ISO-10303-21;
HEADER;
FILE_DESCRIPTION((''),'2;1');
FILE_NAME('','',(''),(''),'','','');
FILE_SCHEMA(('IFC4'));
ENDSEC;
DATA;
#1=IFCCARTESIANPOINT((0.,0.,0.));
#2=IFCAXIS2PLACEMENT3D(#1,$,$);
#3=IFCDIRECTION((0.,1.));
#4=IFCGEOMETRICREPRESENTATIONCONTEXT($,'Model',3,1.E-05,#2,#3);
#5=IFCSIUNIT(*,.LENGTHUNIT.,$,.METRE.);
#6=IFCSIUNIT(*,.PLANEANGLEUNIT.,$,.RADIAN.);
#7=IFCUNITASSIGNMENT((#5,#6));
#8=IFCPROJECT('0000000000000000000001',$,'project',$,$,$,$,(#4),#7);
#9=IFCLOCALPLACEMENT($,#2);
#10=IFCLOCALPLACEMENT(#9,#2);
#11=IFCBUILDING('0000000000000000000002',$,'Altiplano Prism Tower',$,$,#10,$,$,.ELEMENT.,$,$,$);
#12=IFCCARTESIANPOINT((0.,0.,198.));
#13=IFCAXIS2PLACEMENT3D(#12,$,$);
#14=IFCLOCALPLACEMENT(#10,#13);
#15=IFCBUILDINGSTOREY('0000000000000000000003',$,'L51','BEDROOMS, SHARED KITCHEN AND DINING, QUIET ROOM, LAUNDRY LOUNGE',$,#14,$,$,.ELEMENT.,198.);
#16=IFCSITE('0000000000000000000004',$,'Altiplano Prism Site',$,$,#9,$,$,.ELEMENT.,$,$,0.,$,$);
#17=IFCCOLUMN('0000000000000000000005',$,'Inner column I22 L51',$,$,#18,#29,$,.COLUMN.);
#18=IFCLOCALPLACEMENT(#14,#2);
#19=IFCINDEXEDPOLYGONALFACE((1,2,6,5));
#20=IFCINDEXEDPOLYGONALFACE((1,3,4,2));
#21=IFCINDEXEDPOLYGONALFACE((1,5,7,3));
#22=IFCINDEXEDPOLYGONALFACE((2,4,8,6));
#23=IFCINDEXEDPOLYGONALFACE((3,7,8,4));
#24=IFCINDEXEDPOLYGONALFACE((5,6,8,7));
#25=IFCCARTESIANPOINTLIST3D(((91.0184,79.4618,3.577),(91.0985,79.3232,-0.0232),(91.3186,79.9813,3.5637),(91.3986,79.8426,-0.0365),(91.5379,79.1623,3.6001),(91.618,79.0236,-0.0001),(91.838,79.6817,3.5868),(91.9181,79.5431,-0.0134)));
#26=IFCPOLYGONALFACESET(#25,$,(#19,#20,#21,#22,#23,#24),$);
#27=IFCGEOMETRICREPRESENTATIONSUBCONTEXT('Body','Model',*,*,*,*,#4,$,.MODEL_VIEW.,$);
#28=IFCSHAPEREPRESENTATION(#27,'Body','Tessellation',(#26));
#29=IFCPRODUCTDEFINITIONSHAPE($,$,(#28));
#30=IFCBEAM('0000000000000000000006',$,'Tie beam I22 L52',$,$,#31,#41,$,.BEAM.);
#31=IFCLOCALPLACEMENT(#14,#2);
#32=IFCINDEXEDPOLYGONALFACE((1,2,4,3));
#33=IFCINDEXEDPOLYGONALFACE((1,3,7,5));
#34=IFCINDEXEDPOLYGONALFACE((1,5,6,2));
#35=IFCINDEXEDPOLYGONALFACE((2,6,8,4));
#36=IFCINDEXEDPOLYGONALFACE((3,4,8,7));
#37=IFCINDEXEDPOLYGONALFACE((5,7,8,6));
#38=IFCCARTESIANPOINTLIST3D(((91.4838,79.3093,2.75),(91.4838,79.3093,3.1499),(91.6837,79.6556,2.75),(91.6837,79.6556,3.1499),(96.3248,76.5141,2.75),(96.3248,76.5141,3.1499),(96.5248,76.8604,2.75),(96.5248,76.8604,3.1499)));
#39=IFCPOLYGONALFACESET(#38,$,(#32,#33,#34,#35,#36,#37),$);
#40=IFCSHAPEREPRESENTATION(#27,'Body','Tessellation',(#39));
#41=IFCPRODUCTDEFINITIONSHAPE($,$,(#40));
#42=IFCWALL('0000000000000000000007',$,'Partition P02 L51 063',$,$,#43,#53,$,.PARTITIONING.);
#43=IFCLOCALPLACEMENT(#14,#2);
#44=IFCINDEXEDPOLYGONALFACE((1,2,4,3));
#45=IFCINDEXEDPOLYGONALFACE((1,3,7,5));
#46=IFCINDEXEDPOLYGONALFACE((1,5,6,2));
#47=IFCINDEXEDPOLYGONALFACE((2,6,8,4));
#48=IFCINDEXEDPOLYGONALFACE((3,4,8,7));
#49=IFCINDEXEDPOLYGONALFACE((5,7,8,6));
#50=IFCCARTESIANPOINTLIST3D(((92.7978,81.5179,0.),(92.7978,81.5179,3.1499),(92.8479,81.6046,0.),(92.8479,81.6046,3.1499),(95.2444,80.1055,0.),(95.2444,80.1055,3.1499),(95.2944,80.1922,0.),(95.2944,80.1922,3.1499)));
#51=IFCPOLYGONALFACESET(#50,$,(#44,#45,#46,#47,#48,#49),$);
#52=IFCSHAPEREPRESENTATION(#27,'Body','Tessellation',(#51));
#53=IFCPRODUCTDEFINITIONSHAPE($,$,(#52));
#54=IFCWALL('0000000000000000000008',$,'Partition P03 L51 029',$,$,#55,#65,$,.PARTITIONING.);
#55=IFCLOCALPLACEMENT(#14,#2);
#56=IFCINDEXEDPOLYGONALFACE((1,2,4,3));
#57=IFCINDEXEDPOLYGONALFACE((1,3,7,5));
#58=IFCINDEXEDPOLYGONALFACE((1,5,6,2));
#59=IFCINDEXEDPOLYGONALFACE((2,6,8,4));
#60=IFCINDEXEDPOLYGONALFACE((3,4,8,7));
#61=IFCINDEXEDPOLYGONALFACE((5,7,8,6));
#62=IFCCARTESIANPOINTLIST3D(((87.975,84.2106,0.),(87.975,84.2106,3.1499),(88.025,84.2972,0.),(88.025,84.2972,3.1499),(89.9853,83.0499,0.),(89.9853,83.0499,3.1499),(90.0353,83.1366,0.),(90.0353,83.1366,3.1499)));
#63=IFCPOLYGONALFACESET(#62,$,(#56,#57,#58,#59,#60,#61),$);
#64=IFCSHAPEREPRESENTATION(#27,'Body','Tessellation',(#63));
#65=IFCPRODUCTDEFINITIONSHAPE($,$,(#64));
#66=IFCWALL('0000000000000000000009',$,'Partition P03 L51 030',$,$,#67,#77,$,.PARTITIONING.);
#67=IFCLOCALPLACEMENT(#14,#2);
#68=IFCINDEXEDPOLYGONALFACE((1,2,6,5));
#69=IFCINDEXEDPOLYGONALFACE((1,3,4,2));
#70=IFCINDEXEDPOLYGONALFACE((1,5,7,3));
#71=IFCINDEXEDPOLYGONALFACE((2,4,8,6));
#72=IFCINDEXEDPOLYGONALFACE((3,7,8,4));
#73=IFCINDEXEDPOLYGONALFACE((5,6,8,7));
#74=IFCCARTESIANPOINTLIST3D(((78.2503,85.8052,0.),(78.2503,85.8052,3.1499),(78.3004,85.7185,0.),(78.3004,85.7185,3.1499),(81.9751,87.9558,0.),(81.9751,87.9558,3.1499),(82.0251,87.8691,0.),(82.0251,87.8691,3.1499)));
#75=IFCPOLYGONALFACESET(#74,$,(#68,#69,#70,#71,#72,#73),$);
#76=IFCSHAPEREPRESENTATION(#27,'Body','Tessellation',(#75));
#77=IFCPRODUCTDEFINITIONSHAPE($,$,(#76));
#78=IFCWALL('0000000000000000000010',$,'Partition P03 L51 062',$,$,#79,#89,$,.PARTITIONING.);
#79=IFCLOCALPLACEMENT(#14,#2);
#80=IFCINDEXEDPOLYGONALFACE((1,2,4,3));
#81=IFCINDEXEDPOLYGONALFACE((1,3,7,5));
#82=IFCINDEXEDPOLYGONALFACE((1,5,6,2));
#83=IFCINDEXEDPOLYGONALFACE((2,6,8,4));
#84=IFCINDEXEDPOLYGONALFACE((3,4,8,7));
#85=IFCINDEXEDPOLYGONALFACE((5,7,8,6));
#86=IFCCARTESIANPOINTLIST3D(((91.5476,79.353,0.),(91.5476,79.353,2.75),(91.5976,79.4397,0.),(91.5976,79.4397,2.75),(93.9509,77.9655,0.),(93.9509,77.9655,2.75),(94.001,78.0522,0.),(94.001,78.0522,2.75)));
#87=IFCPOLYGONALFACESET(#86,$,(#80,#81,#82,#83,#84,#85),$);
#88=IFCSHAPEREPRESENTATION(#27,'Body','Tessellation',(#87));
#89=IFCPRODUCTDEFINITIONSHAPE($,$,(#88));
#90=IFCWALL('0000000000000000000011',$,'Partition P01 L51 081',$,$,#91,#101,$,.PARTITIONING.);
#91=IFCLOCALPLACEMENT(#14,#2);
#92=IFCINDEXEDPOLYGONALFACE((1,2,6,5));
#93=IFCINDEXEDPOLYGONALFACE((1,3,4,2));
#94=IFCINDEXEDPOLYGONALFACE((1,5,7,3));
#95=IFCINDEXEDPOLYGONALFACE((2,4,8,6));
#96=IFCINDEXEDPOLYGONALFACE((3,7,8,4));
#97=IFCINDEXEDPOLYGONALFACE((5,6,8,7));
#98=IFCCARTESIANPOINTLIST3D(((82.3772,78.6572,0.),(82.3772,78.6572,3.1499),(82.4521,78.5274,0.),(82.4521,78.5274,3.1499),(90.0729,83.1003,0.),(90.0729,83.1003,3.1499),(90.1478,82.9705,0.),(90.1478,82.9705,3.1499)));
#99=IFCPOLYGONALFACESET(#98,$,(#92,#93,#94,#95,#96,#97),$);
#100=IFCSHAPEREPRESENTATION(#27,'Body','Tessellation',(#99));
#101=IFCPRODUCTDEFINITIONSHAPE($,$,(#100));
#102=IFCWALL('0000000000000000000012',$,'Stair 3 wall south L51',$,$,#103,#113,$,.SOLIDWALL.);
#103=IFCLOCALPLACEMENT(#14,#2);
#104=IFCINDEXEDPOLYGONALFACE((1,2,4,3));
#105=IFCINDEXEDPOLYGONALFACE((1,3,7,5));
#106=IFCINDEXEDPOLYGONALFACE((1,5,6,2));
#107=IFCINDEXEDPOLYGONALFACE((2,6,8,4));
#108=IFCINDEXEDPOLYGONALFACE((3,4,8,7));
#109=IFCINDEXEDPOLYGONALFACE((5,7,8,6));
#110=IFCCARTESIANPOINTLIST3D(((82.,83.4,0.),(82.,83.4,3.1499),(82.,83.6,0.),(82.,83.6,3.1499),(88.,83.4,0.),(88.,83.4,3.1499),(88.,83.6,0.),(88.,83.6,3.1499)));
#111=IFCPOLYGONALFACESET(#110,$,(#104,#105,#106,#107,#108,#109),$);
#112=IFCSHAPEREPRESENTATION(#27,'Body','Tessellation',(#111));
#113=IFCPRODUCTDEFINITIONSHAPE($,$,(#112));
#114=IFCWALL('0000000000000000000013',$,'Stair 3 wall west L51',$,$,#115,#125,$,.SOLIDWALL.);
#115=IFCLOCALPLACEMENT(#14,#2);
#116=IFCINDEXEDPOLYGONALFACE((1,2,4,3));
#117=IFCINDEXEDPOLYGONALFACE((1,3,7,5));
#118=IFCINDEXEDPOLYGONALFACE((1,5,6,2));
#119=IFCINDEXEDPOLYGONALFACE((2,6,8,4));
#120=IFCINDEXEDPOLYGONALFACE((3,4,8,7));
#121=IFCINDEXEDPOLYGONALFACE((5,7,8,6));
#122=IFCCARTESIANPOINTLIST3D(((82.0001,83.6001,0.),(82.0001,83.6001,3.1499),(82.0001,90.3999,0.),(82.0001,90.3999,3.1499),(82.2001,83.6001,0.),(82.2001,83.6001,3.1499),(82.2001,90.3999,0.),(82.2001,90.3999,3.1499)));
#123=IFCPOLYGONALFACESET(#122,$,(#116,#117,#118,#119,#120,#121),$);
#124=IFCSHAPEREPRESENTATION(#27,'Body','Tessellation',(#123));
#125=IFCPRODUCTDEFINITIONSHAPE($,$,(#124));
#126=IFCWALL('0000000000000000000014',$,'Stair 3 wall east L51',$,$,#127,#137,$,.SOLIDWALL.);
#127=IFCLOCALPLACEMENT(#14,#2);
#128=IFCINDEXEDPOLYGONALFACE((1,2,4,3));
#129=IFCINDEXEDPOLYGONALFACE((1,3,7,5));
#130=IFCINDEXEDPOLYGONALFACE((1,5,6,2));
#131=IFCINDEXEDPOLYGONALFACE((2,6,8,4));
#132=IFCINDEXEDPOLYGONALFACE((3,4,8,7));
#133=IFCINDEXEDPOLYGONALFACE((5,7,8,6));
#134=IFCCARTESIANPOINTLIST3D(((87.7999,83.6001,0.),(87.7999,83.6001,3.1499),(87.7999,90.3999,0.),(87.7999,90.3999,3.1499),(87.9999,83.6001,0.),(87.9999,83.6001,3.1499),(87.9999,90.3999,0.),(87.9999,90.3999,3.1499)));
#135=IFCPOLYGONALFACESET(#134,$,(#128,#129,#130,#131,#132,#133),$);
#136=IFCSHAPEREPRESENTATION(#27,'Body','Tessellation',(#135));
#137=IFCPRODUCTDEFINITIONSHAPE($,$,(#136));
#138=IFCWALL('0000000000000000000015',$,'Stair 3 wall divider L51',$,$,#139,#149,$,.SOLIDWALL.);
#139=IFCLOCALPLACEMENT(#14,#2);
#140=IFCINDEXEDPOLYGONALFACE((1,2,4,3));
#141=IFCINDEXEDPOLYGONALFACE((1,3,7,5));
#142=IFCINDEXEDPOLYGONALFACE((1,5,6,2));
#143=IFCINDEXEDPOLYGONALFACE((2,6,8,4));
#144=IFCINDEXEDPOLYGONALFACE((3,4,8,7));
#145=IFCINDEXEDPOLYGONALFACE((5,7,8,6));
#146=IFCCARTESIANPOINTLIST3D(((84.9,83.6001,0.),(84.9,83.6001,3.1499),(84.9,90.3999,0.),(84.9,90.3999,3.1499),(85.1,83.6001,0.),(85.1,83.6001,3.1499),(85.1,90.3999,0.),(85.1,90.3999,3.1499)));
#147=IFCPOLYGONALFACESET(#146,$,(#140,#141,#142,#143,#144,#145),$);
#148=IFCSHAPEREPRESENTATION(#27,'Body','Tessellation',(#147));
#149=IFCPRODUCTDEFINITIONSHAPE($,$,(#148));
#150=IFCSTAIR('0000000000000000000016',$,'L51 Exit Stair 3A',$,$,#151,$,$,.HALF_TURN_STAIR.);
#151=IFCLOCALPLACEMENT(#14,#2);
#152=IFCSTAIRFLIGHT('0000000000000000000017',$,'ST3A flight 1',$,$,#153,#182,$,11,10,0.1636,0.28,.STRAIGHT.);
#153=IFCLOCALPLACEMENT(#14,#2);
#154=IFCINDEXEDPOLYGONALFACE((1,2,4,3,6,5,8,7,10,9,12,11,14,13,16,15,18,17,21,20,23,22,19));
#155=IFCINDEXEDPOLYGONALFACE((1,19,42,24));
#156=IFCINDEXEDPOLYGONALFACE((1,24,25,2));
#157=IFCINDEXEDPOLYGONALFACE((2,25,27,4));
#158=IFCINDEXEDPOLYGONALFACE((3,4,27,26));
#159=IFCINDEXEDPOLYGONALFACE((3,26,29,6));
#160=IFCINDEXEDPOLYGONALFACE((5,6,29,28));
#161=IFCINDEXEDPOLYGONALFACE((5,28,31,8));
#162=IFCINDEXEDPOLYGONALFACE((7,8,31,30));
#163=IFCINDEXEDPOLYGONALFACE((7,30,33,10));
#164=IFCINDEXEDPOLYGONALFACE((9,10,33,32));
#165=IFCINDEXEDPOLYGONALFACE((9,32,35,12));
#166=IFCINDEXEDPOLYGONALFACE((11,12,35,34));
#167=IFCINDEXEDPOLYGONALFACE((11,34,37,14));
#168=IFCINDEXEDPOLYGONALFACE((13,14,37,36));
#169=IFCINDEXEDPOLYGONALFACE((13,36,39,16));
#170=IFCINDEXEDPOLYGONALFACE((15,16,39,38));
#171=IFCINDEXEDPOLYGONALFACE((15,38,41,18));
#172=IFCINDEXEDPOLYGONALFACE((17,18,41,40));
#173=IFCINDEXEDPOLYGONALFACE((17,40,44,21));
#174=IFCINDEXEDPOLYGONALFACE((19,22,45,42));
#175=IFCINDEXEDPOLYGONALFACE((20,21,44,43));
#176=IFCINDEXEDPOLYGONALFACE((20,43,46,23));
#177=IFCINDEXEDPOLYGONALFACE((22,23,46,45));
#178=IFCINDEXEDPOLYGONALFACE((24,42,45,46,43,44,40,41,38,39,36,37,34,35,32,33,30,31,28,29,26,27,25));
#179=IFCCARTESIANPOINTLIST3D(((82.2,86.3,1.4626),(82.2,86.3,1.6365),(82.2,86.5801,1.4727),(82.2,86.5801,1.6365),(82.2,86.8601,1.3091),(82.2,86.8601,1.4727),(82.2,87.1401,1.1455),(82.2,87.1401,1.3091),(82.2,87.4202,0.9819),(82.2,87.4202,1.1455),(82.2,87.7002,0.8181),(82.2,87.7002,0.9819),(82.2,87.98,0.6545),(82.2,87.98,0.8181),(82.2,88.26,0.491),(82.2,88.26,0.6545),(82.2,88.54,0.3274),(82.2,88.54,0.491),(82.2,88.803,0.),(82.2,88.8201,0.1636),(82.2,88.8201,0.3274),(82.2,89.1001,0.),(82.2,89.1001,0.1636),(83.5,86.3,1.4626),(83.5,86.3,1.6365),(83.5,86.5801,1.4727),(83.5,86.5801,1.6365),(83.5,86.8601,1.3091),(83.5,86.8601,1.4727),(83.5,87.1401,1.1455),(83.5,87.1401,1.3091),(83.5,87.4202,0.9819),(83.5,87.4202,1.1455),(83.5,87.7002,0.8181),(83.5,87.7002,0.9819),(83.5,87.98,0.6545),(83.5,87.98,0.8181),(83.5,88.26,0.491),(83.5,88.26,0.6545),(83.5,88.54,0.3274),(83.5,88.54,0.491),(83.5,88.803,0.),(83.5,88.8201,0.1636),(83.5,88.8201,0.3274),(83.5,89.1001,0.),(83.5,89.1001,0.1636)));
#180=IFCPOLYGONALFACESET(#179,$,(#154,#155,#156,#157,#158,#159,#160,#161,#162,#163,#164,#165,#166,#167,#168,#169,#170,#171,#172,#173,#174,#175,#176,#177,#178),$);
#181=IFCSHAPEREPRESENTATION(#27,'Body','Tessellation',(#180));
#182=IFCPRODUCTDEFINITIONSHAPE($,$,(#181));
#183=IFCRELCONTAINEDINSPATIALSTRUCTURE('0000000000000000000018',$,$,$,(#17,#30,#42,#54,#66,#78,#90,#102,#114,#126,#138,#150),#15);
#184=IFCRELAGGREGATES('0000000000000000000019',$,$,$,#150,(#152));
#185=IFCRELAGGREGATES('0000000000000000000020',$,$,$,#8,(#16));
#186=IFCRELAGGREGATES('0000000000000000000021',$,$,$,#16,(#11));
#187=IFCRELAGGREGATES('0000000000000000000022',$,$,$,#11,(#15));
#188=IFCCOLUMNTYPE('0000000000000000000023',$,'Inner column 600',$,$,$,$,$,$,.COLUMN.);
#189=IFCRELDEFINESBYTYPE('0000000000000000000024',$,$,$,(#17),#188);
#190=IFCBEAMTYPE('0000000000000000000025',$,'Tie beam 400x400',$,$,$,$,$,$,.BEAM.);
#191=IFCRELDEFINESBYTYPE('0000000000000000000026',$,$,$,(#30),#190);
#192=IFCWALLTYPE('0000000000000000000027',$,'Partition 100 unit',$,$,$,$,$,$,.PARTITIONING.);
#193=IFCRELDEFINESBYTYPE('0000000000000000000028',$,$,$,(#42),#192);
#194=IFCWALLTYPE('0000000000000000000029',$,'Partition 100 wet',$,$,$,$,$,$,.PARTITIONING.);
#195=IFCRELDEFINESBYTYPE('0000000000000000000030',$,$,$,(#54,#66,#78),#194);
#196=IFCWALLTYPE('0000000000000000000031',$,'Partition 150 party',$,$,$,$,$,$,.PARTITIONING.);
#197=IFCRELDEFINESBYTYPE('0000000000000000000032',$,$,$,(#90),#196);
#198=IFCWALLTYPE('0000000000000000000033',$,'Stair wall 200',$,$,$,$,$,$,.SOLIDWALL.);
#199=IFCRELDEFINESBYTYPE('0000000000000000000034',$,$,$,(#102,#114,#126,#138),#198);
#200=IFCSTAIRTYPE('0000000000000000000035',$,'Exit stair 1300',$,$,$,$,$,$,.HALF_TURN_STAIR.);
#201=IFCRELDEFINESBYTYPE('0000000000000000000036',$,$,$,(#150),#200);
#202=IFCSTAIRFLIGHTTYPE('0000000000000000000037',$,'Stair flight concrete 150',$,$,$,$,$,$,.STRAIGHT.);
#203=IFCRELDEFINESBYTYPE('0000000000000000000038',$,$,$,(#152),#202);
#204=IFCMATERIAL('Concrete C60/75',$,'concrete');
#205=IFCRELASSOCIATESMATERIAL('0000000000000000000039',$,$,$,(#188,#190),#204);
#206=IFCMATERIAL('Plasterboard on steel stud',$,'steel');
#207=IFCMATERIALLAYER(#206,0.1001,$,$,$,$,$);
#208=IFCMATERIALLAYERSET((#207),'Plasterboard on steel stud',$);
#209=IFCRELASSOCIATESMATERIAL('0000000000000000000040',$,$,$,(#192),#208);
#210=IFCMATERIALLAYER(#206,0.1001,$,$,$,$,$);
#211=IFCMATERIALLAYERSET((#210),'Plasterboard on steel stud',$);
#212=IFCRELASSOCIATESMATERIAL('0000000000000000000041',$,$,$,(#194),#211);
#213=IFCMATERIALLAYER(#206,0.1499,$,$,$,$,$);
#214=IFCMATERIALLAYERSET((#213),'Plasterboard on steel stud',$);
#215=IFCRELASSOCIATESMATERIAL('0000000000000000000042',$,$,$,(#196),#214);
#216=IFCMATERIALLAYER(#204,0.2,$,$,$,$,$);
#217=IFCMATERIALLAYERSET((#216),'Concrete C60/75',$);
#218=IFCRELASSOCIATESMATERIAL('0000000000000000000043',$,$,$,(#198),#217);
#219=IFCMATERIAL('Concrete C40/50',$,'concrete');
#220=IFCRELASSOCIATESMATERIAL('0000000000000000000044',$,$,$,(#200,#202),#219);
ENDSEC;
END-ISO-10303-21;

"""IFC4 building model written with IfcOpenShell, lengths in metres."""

from ifc_helpers import new_model, si_unit, direction, frame, frame_2d, origin, origin_2d, place, context, subcontext, project, spatial, polyline, rectangle, outline, extrude, material, layer, layer_set, material_profile, profile_set, type_object, element, aggregate, save


model = new_model("IFC4")

# Units and contexts
model_context = context("Model", 3, precision=1e-05, world=origin(), true_north=direction((0.0, 1.0)))
body_context = subcontext(model_context, "Body", "Model", "MODEL_VIEW")
ifc_project = project(units=[si_unit("LENGTHUNIT", "METRE"), si_unit("PLANEANGLEUNIT", "RADIAN")], contexts=[model_context])

# Site, building, storey
site_placement = place(None, origin())
site = spatial("IfcSite", under=ifc_project, at=site_placement, Name="Altiplano Prism Site", CompositionType="ELEMENT", RefElevation=0.0)
building_placement = place(site_placement, origin())
building = spatial("IfcBuilding", under=site, at=building_placement, Name="Altiplano Prism Tower", CompositionType="ELEMENT")
storey_placement = place(building_placement, frame((0.0, 0.0, 198.0)))
storey = spatial("IfcBuildingStorey", under=building, at=storey_placement, Name="L51", Description="BEDROOMS, SHARED KITCHEN AND DINING, QUIET ROOM, LAUNDRY LOUNGE", CompositionType="ELEMENT", Elevation=198.0)

# Column
ifc_material_1 = material(Name="Concrete C60/75", Category="concrete")
ifc_material_profile_1 = material_profile(ifc_material_1, rectangle(XDim=0.6001, YDim=0.6001, at=origin_2d()), Name="Inner column 600")
ifc_profile_set_1 = profile_set([ifc_material_profile_1], Name="Concrete C60/75")
column_type = type_object("IfcColumnType", Name="Inner column 600", PredefinedType="COLUMN", material=ifc_profile_set_1)
column_placement = place(storey_placement, frame((91.5083, 79.4331, -0.0183), z_axis=(-0.022221, 0.038481, 0.999012), x_axis=(-0.500175, -0.86564, 0.022218)))
element("IfcColumn", 1, at=column_placement, inside=storey, type_object=column_type, Name="Inner column I22 L51", PredefinedType="COLUMN", context=body_context, shape_type="SweptSolid", body=[
    extrude(rectangle(XDim=0.6001, YDim=0.6001, at=origin_2d()), origin(), (0.0, 0.0, 1.0), 3.6038),
])

# Beam
ifc_material_profile_2 = material_profile(ifc_material_1, rectangle(XDim=0.3999, YDim=0.3999, at=origin_2d()), Name="Tie beam 400x400")
ifc_profile_set_2 = profile_set([ifc_material_profile_2], Name="Concrete C60/75")
beam_type = type_object("IfcBeamType", Name="Tie beam 400x400", PredefinedType="BEAM", material=ifc_profile_set_2)
beam_placement = place(storey_placement, frame((91.5837, 79.4824, 2.95), z_axis=(0.866012, -0.500024, 0.0), x_axis=(0.500024, 0.866012, 0.0)))
element("IfcBeam", 2, at=beam_placement, inside=storey, type_object=beam_type, Name="Tie beam I22 L52", PredefinedType="BEAM", context=body_context, shape_type="SweptSolid", body=[
    extrude(rectangle(XDim=0.3999, YDim=0.3999, at=origin_2d()), origin(), (0.0, 0.0, 1.0), 5.5901),
])

# Walls
ifc_material_2 = material(Name="Plasterboard on steel stud", Category="steel")
ifc_layer_1 = layer(ifc_material_2, 0.1001)
ifc_layer_set_1 = layer_set([ifc_layer_1], Name="Plasterboard on steel stud")
wall_type_1 = type_object("IfcWallType", Name="Partition 100 unit", PredefinedType="PARTITIONING", material=ifc_layer_set_1)
wall_1_placement = place(storey_placement, frame((92.8228, 81.5613, 0.0), z_axis=(0.0, 0.0, 1.0), x_axis=(0.866049, -0.499959, 0.0)))
element("IfcWall", 3, at=wall_1_placement, inside=storey, type_object=wall_type_1, Name="Partition P02 L51 063", PredefinedType="PARTITIONING", context=body_context, shape_type="SweptSolid", body=[
    extrude(rectangle(XDim=2.825, YDim=0.1001, at=frame_2d((1.4126, 0.0))), origin(), (0.0, 0.0, 1.0), 3.1499),
])
ifc_layer_2 = layer(ifc_material_2, 0.1001)
ifc_layer_set_2 = layer_set([ifc_layer_2], Name="Plasterboard on steel stud")
wall_type_2 = type_object("IfcWallType", Name="Partition 100 wet", PredefinedType="PARTITIONING", material=ifc_layer_set_2)
wall_2_placement = place(storey_placement, frame((88.0, 84.2539, 0.0), z_axis=(0.0, 0.0, 1.0), x_axis=(0.866021, -0.500008, 0.0)))
element("IfcWall", 4, at=wall_2_placement, inside=storey, type_object=wall_type_2, Name="Partition P03 L51 029", PredefinedType="PARTITIONING", context=body_context, shape_type="SweptSolid", body=[
    extrude(rectangle(XDim=2.3213, YDim=0.1001, at=frame_2d((1.1606, 0.0))), origin(), (0.0, 0.0, 1.0), 3.1499),
])
wall_3_placement = place(storey_placement, frame((82.0, 87.9124, 0.0), z_axis=(0.0, 0.0, 1.0), x_axis=(-0.866016, -0.500016, 0.0)))
element("IfcWall", 5, at=wall_3_placement, inside=storey, type_object=wall_type_2, Name="Partition P03 L51 030", PredefinedType="PARTITIONING", context=body_context, shape_type="SweptSolid", body=[
    extrude(rectangle(XDim=4.301, YDim=0.1001, at=frame_2d((2.1504, 0.0))), origin(), (0.0, 0.0, 1.0), 3.1499),
])
wall_4_placement = place(storey_placement, frame((93.9761, 78.0088, 0.0), z_axis=(0.0, 0.0, 1.0), x_axis=(-0.866042, 0.499971, 0.0)))
element("IfcWall", 6, at=wall_4_placement, inside=storey, type_object=wall_type_2, Name="Partition P03 L51 062", PredefinedType="PARTITIONING", context=body_context, shape_type="SweptSolid", body=[
    extrude(rectangle(XDim=2.7751, YDim=0.1001, at=frame_2d((1.3877, 0.0))), origin(), (0.0, 0.0, 1.0), 2.75),
])
ifc_layer_3 = layer(ifc_material_2, 0.1499)
ifc_layer_set_3 = layer_set([ifc_layer_3], Name="Plasterboard on steel stud")
wall_type_3 = type_object("IfcWallType", Name="Partition 150 party", PredefinedType="PARTITIONING", material=ifc_layer_set_3)
wall_5_placement = place(storey_placement, frame((90.1104, 83.0354, 0.0), z_axis=(0.0, 0.0, 1.0), x_axis=(-0.866028, -0.499995, 0.0)))
element("IfcWall", 7, at=wall_5_placement, inside=storey, type_object=wall_type_3, Name="Partition P01 L51 081", PredefinedType="PARTITIONING", context=body_context, shape_type="SweptSolid", body=[
    extrude(rectangle(XDim=8.8862, YDim=0.1499, at=frame_2d((4.4431, 0.0))), origin(), (0.0, 0.0, 1.0), 3.1499),
])
ifc_layer_4 = layer(ifc_material_1, 0.2)
ifc_layer_set_4 = layer_set([ifc_layer_4], Name="Concrete C60/75")
wall_type_4 = type_object("IfcWallType", Name="Stair wall 200", PredefinedType="SOLIDWALL", material=ifc_layer_set_4)
wall_6_placement = place(storey_placement, frame((82.0, 83.5, 0.0), z_axis=(0.0, 0.0, 1.0), x_axis=(1.0, 0.0, 0.0)))
element("IfcWall", 8, at=wall_6_placement, inside=storey, type_object=wall_type_4, Name="Stair 3 wall south L51", PredefinedType="SOLIDWALL", context=body_context, shape_type="SweptSolid", body=[
    extrude(rectangle(XDim=6.0, YDim=0.2, at=frame_2d((3.0, 0.0))), origin(), (0.0, 0.0, 1.0), 3.1499),
])
for number, where, z_axis, x_axis, name in (
    (9, (82.1001, 83.6001, 0.0), (0.0, 0.0, 1.0), (0.0, 1.0, 0.0), "Stair 3 wall west L51"),
    (10, (87.8999, 83.6001, 0.0), (0.0, 0.0, 1.0), (0.0, 1.0, 0.0), "Stair 3 wall east L51"),
    (11, (85.0, 83.6001, 0.0), (0.0, 0.0, 1.0), (0.0, 1.0, 0.0), "Stair 3 wall divider L51"),
):
    element("IfcWall", number, at=place(storey_placement, frame(where, z_axis=z_axis, x_axis=x_axis)), inside=storey, type_object=wall_type_4, Name=name, PredefinedType="SOLIDWALL", context=body_context, shape_type="SweptSolid", body=[
        extrude(rectangle(XDim=6.7998, YDim=0.2, at=frame_2d((3.3999, 0.0))), origin(), (0.0, 0.0, 1.0), 3.1499),
    ])

# Stair, stair flight
ifc_material_3 = material(Name="Concrete C40/50", Category="concrete")
stair_type = type_object("IfcStairType", Name="Exit stair 1300", PredefinedType="HALF_TURN_STAIR", material=ifc_material_3)
stair_1_placement = place(storey_placement, origin())
stair_1 = element("IfcStair", 12, at=stair_1_placement, inside=storey, type_object=stair_type, Name="L51 Exit Stair 3A", PredefinedType="HALF_TURN_STAIR")
stair_flight_type = type_object("IfcStairFlightType", Name="Stair flight concrete 150", PredefinedType="STRAIGHT", material=ifc_material_3)
stair_flight_1_placement = place(storey_placement, frame((82.8501, 89.1001, 0.0), z_axis=(0.0, 0.0, 1.0), x_axis=(0.0, -1.0, 0.0)))
stair_flight_1 = element("IfcStairFlight", 13, at=stair_flight_1_placement, type_object=stair_flight_type, Name="ST3A flight 1", NumberOfRisers=11, NumberOfTreads=10, PredefinedType="STRAIGHT", RiserHeight=0.1636, TreadLength=0.28, context=body_context, shape_type="SweptSolid", body=[
    extrude(outline(polyline([(0.0, 0.0), (0.0, 0.1636), (0.28, 0.1636), (0.28, 0.3274), (0.5601, 0.3274), (0.5601, 0.491), (0.8401, 0.491), (0.8401, 0.6545), (1.1201, 0.6545), (1.1201, 0.8181), (1.3999, 0.8181), (1.3999, 0.9819), (1.6799, 0.9819), (1.6799, 1.1455), (1.96, 1.1455), (1.96, 1.3091), (2.24, 1.3091), (2.24, 1.4727), (2.52, 1.4727), (2.52, 1.6365), (2.8, 1.6365), (2.8, 1.8), (2.8, 1.4626), (0.2971, 0.0), (0.0, 0.0)])), frame((0.0, 0.6499, 0.0), z_axis=(0.0, -1.0, 0.0), x_axis=(1.0, 0.0, 0.0)), (0.0, 0.0, 1.0), 1.3),
])
aggregate(stair_1, [stair_flight_1])

save(model, "model.ifc")
